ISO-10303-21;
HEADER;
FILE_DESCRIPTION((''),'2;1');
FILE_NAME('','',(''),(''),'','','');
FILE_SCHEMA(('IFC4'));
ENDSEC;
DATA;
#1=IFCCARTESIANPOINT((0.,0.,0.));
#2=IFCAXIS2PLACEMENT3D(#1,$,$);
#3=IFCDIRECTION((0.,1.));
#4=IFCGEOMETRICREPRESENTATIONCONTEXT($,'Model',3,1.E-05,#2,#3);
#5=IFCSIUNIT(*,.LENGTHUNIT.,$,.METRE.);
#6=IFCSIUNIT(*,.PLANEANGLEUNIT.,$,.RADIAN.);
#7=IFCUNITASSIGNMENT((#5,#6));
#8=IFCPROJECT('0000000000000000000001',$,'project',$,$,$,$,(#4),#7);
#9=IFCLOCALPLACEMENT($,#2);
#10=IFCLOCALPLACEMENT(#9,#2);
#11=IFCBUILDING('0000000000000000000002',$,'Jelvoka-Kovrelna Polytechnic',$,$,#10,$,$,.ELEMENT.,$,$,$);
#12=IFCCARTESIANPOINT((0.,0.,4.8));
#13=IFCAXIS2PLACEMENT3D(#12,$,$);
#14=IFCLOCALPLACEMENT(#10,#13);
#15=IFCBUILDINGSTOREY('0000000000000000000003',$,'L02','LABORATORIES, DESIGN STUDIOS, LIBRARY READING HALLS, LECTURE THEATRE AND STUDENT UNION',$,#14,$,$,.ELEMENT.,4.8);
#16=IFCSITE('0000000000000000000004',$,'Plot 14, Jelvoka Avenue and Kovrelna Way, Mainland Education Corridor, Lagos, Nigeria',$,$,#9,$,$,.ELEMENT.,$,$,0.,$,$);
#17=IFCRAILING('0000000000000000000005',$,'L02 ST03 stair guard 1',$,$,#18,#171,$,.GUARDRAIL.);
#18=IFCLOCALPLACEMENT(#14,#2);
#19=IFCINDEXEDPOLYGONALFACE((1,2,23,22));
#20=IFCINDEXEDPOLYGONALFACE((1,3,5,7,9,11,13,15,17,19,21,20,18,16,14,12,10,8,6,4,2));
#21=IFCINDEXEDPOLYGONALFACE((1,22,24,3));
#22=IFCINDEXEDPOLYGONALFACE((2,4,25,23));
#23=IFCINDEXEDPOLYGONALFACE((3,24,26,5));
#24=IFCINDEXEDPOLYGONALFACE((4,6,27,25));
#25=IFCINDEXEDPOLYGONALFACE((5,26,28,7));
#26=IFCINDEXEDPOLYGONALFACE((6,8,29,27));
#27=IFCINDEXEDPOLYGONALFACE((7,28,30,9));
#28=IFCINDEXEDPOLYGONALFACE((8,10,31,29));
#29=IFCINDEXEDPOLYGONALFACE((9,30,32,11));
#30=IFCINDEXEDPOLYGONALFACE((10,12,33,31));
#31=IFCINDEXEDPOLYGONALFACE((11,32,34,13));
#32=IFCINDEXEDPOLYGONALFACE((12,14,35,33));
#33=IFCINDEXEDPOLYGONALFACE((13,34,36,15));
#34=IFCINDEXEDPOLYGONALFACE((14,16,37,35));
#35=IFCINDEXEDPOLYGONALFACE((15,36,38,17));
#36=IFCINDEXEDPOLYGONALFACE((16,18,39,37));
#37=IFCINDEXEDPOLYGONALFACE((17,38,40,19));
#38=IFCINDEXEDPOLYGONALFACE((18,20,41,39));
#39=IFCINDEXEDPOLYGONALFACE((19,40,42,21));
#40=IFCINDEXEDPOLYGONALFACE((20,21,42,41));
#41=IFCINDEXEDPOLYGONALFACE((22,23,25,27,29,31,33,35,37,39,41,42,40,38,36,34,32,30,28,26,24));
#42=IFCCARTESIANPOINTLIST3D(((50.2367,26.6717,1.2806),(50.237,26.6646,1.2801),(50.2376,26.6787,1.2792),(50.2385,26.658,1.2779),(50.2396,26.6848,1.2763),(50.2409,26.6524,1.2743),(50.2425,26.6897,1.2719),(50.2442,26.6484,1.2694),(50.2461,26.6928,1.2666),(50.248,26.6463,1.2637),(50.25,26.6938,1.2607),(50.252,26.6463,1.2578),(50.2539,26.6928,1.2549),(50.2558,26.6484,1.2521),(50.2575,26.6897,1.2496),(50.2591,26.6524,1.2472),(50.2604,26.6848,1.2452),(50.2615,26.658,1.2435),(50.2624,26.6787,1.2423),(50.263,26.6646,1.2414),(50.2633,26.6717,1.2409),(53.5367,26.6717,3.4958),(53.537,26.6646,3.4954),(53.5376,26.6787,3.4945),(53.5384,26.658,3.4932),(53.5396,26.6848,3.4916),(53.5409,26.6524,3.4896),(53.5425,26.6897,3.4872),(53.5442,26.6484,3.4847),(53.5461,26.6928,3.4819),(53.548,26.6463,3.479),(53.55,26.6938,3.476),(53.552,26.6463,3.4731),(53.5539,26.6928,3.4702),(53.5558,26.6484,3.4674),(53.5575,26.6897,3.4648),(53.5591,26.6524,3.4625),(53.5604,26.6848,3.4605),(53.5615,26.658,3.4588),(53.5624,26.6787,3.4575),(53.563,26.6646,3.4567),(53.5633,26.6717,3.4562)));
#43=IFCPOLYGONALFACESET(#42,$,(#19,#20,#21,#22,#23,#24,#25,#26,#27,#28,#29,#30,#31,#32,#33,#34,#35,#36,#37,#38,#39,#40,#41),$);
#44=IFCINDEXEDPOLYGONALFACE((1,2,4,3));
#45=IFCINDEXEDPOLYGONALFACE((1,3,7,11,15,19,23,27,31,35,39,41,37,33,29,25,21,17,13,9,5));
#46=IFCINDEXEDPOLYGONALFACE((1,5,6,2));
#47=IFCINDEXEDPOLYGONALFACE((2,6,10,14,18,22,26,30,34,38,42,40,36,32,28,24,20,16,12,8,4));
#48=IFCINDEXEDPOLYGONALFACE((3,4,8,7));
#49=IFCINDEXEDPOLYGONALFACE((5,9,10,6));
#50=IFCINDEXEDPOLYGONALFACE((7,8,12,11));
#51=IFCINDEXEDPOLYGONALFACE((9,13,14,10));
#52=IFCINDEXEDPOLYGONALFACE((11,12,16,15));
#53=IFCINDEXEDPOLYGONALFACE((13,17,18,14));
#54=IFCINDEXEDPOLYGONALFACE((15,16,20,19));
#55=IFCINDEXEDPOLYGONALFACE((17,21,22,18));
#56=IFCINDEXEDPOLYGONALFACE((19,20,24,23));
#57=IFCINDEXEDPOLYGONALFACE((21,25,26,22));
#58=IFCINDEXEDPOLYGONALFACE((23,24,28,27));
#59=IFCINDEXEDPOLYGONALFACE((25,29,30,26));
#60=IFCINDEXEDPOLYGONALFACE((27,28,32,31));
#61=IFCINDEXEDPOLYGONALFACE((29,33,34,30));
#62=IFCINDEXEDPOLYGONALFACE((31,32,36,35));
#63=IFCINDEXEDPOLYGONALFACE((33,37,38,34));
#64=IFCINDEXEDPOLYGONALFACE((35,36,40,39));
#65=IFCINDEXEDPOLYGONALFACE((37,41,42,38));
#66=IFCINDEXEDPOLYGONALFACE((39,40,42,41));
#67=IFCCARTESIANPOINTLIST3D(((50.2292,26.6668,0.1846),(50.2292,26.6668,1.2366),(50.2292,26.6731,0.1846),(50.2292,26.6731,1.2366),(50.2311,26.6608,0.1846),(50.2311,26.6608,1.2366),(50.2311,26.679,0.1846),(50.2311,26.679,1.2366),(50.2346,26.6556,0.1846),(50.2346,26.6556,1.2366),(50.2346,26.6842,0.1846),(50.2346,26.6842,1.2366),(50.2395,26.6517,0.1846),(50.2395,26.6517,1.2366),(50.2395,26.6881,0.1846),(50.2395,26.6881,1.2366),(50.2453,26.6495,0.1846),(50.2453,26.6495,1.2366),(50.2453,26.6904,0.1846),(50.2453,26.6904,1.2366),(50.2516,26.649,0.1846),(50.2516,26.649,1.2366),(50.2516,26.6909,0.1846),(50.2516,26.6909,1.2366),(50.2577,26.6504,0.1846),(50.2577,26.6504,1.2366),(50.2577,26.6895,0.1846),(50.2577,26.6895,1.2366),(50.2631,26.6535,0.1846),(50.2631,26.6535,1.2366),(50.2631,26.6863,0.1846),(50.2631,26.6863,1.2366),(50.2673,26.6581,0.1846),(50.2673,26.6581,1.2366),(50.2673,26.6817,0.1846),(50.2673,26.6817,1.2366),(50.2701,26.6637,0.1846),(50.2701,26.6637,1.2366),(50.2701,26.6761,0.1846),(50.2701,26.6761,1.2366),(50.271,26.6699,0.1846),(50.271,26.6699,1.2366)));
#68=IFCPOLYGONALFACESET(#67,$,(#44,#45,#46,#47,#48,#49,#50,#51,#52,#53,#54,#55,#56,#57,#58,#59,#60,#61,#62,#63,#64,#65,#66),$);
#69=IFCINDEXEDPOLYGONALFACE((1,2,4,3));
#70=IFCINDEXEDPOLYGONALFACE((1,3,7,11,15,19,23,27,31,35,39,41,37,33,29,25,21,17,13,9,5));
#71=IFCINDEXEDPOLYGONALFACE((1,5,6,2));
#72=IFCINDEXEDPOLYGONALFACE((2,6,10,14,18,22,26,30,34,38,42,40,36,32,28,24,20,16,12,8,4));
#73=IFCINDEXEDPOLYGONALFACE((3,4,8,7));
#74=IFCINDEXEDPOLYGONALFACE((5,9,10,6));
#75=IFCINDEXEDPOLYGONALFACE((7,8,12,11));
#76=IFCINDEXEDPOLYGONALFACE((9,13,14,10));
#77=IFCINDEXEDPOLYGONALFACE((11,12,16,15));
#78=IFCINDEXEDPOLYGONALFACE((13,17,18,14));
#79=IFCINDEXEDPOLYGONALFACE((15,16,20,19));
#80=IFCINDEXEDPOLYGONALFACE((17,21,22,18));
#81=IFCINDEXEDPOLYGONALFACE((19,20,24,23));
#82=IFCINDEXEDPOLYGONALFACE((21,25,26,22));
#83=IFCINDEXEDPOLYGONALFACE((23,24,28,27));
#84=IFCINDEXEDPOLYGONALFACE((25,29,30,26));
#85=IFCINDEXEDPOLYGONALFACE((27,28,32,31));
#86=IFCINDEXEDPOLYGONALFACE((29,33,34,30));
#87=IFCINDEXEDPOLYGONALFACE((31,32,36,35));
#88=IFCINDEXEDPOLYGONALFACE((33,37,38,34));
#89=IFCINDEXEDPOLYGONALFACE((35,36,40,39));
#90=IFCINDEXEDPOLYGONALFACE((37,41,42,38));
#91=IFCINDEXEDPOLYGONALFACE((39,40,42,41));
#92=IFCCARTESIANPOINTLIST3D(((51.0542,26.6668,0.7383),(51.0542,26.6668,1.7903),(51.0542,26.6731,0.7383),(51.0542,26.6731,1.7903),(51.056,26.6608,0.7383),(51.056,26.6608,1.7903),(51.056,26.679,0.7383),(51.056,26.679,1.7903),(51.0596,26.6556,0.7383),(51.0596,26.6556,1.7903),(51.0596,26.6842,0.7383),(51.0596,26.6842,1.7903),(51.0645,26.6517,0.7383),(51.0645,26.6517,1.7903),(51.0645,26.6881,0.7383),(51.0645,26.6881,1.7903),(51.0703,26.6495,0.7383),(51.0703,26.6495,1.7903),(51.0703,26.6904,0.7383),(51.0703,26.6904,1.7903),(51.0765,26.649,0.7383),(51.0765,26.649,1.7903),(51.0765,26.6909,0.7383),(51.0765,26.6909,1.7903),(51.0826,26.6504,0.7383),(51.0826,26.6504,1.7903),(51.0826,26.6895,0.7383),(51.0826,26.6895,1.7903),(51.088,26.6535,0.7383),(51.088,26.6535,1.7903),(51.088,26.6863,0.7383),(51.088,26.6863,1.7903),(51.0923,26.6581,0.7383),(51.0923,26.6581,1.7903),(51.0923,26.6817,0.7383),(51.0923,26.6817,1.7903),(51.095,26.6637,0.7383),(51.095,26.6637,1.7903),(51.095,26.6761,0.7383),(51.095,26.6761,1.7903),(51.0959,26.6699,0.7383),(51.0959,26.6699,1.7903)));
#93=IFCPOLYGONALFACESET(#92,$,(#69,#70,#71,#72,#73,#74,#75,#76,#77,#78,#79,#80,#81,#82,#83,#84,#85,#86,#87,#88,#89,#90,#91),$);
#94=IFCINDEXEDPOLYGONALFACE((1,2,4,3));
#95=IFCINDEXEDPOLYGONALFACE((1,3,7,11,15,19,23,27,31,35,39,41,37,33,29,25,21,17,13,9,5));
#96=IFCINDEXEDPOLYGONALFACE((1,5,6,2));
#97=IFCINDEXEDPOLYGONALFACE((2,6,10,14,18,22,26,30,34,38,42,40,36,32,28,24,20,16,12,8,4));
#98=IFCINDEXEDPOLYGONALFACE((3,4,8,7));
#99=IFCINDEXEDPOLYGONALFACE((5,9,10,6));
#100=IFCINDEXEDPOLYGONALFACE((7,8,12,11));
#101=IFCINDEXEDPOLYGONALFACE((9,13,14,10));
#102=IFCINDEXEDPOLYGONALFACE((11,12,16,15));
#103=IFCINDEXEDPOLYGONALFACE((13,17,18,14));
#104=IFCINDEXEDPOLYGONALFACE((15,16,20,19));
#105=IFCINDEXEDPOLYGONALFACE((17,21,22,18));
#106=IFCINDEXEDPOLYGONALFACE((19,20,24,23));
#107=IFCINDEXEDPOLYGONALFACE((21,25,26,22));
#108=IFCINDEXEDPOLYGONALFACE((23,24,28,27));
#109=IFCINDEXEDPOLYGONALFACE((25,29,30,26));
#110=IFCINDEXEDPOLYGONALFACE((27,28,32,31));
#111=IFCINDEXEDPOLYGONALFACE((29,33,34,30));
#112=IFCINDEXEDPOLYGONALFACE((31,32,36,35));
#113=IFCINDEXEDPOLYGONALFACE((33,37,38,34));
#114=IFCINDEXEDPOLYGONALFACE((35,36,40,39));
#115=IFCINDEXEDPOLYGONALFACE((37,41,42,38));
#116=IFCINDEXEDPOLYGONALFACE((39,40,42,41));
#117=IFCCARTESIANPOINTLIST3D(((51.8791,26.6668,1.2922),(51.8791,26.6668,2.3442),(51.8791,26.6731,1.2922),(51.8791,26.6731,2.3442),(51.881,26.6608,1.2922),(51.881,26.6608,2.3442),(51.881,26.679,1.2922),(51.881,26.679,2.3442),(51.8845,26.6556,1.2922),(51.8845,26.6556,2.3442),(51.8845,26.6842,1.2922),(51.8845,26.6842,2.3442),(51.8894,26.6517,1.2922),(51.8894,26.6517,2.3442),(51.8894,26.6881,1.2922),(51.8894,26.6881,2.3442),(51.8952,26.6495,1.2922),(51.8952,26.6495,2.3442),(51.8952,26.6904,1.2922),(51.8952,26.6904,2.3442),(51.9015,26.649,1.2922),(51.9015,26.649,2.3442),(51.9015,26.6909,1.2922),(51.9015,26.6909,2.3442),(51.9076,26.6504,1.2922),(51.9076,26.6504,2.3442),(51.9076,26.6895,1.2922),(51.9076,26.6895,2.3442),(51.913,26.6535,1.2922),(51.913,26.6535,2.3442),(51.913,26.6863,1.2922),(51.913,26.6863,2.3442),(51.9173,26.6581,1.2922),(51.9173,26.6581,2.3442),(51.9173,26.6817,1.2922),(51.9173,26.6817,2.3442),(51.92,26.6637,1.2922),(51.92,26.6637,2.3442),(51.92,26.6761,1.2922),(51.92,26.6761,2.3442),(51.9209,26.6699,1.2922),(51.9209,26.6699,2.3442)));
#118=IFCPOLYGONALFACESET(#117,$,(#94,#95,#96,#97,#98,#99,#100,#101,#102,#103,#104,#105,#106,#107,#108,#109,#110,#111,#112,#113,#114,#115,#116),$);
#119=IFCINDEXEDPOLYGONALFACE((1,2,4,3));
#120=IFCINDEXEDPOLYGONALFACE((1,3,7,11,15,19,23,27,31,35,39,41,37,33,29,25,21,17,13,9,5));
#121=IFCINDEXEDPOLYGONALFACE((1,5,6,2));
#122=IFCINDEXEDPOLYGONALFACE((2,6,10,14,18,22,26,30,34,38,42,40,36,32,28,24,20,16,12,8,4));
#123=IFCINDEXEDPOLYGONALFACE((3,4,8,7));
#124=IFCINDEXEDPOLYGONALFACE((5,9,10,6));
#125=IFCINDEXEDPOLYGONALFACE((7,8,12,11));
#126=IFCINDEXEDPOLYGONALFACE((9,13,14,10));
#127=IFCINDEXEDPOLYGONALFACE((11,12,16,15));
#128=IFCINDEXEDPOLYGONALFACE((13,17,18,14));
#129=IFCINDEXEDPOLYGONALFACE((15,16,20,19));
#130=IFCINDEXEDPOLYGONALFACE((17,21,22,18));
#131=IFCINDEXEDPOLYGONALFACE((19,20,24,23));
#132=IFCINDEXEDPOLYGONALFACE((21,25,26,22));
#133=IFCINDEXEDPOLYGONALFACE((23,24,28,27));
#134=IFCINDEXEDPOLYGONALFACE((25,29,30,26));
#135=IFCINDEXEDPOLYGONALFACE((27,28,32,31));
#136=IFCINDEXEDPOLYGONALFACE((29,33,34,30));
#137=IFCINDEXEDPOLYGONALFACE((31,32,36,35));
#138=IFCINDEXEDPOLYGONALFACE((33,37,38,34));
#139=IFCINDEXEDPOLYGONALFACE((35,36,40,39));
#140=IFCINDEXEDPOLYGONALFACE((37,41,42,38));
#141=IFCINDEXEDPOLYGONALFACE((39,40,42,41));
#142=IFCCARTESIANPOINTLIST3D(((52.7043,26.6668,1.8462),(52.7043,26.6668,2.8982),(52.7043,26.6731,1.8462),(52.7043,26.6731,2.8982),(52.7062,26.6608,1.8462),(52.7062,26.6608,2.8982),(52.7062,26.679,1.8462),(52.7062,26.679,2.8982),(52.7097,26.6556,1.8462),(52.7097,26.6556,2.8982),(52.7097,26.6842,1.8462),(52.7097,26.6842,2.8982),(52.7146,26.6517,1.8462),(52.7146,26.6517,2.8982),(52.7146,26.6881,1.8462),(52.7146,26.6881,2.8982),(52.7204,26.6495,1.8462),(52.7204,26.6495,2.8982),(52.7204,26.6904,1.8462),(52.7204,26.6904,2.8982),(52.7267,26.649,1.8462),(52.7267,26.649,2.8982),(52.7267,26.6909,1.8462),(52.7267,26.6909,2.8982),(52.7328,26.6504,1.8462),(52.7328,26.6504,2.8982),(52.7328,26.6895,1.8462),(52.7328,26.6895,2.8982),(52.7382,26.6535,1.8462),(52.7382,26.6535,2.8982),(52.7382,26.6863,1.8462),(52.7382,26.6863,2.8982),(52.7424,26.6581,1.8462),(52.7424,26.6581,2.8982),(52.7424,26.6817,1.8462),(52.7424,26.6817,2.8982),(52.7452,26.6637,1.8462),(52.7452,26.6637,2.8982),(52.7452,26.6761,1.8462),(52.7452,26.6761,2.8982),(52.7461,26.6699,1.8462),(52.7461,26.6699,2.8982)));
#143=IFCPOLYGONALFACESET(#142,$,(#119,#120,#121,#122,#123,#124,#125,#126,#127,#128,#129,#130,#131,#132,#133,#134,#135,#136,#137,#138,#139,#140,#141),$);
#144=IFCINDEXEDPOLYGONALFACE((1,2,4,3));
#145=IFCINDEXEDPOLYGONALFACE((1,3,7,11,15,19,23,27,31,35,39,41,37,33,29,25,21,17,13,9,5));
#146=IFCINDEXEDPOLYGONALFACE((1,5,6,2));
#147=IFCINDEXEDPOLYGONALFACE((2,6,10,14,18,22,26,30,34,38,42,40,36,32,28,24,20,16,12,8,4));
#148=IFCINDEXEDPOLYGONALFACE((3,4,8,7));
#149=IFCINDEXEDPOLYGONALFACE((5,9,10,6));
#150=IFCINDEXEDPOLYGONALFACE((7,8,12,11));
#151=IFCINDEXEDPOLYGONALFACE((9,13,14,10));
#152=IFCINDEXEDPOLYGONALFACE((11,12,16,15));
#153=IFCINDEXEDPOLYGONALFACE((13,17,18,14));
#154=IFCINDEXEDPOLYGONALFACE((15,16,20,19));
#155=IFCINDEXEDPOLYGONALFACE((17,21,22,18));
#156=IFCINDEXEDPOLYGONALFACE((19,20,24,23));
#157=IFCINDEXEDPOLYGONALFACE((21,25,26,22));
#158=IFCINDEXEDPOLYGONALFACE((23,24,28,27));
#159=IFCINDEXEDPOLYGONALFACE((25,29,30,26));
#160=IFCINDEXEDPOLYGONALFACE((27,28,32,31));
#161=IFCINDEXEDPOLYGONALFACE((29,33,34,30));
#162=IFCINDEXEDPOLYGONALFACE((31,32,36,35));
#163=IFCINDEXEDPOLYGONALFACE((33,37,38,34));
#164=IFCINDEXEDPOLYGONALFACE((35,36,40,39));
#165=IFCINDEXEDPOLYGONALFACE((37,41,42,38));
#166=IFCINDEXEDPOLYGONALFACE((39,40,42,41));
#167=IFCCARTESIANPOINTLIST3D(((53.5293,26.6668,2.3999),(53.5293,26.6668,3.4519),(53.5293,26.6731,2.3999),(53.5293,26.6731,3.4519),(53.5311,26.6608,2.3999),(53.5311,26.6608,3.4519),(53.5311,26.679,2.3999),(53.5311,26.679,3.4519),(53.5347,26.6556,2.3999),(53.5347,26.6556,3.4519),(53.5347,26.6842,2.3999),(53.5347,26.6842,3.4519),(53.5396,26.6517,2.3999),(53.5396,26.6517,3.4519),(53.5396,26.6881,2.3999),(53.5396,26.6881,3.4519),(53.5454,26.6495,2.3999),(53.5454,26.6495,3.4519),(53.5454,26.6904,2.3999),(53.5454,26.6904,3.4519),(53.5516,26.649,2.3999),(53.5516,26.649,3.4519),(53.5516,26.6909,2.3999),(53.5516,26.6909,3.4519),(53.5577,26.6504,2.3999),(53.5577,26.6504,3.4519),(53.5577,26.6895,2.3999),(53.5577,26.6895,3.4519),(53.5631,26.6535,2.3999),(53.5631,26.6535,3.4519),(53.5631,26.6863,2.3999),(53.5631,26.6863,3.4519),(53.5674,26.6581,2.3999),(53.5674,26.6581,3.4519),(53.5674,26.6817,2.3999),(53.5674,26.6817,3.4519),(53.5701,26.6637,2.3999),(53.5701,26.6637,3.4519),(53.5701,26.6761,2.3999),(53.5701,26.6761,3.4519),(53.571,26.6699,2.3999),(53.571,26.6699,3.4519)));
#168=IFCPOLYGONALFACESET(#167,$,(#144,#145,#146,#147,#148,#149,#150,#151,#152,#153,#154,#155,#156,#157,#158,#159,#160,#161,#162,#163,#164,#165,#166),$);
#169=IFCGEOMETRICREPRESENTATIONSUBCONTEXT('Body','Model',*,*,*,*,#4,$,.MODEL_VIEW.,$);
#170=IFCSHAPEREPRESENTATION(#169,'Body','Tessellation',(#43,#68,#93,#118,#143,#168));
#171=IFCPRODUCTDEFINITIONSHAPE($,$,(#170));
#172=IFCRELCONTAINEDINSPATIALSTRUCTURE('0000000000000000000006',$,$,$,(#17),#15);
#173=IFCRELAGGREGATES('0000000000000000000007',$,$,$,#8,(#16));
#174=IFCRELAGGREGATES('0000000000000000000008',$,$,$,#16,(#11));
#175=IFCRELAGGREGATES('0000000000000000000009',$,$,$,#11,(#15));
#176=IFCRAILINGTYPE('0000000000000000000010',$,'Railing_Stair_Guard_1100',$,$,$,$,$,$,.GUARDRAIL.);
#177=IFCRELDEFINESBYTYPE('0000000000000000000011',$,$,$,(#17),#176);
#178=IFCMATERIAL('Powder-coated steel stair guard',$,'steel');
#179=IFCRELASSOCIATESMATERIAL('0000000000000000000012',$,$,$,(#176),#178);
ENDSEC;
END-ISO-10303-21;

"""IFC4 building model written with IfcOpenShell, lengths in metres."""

from ifc_helpers import new_model, si_unit, direction, frame, origin, origin_2d, place, context, subcontext, project, spatial, circle, extrude, material, type_object, element, save


model = new_model("IFC4")

# Units and contexts
model_context = context("Model", 3, precision=1e-05, world=origin(), true_north=direction((0.0, 1.0)))
body_context = subcontext(model_context, "Body", "Model", "MODEL_VIEW")
ifc_project = project(units=[si_unit("LENGTHUNIT", "METRE"), si_unit("PLANEANGLEUNIT", "RADIAN")], contexts=[model_context])

# Site, building, storey
site_placement = place(None, origin())
site = spatial("IfcSite", under=ifc_project, at=site_placement, Name="Plot 14, Jelvoka Avenue and Kovrelna Way, Mainland Education Corridor, Lagos, Nigeria", CompositionType="ELEMENT", RefElevation=0.0)
building_placement = place(site_placement, origin())
building = spatial("IfcBuilding", under=site, at=building_placement, Name="Jelvoka-Kovrelna Polytechnic", CompositionType="ELEMENT")
storey_placement = place(building_placement, frame((0.0, 0.0, 4.8)))
storey = spatial("IfcBuildingStorey", under=building, at=storey_placement, Name="L02", Description="LABORATORIES, DESIGN STUDIOS, LIBRARY READING HALLS, LECTURE THEATRE AND STUDENT UNION", CompositionType="ELEMENT", Elevation=4.8)

# Railing
ifc_material_1 = material(Name="Powder-coated steel stair guard", Category="steel")
railing_type_1 = type_object("IfcRailingType", Name="Railing_Stair_Guard_1100", PredefinedType="GUARDRAIL", material=ifc_material_1)
railing_1_placement = place(storey_placement, frame((50.25, 26.6699, 0.1846)))
element("IfcRailing", 1, at=railing_1_placement, inside=storey, type_object=railing_type_1, Name="L02 ST03 stair guard 1", PredefinedType="GUARDRAIL", context=body_context, shape_type="SweptSolid", body=[
    extrude(circle(Radius=0.0239, at=origin_2d()), frame((0.0, 0.0, 1.0762), z_axis=(0.830269, 0.0, 0.557362), x_axis=(0.0, 1.0, 0.0)), (0.0, 0.0, 1.0), 3.9746),
    extrude(circle(Radius=0.021, at=origin_2d()), origin(), (0.0, 0.0, 1.0), 1.052),
    extrude(circle(Radius=0.021, at=origin_2d()), frame((0.825, 0.0, 0.5537)), (0.0, 0.0, 1.0), 1.052),
    extrude(circle(Radius=0.021, at=origin_2d()), frame((1.6499, 0.0, 1.1077)), (0.0, 0.0, 1.0), 1.052),
    extrude(circle(Radius=0.021, at=origin_2d()), frame((2.4751, 0.0, 1.6616)), (0.0, 0.0, 1.0), 1.052),
    extrude(circle(Radius=0.021, at=origin_2d()), frame((3.3, 0.0, 2.2153)), (0.0, 0.0, 1.0), 1.052),
])

save(model, "model.ifc")
